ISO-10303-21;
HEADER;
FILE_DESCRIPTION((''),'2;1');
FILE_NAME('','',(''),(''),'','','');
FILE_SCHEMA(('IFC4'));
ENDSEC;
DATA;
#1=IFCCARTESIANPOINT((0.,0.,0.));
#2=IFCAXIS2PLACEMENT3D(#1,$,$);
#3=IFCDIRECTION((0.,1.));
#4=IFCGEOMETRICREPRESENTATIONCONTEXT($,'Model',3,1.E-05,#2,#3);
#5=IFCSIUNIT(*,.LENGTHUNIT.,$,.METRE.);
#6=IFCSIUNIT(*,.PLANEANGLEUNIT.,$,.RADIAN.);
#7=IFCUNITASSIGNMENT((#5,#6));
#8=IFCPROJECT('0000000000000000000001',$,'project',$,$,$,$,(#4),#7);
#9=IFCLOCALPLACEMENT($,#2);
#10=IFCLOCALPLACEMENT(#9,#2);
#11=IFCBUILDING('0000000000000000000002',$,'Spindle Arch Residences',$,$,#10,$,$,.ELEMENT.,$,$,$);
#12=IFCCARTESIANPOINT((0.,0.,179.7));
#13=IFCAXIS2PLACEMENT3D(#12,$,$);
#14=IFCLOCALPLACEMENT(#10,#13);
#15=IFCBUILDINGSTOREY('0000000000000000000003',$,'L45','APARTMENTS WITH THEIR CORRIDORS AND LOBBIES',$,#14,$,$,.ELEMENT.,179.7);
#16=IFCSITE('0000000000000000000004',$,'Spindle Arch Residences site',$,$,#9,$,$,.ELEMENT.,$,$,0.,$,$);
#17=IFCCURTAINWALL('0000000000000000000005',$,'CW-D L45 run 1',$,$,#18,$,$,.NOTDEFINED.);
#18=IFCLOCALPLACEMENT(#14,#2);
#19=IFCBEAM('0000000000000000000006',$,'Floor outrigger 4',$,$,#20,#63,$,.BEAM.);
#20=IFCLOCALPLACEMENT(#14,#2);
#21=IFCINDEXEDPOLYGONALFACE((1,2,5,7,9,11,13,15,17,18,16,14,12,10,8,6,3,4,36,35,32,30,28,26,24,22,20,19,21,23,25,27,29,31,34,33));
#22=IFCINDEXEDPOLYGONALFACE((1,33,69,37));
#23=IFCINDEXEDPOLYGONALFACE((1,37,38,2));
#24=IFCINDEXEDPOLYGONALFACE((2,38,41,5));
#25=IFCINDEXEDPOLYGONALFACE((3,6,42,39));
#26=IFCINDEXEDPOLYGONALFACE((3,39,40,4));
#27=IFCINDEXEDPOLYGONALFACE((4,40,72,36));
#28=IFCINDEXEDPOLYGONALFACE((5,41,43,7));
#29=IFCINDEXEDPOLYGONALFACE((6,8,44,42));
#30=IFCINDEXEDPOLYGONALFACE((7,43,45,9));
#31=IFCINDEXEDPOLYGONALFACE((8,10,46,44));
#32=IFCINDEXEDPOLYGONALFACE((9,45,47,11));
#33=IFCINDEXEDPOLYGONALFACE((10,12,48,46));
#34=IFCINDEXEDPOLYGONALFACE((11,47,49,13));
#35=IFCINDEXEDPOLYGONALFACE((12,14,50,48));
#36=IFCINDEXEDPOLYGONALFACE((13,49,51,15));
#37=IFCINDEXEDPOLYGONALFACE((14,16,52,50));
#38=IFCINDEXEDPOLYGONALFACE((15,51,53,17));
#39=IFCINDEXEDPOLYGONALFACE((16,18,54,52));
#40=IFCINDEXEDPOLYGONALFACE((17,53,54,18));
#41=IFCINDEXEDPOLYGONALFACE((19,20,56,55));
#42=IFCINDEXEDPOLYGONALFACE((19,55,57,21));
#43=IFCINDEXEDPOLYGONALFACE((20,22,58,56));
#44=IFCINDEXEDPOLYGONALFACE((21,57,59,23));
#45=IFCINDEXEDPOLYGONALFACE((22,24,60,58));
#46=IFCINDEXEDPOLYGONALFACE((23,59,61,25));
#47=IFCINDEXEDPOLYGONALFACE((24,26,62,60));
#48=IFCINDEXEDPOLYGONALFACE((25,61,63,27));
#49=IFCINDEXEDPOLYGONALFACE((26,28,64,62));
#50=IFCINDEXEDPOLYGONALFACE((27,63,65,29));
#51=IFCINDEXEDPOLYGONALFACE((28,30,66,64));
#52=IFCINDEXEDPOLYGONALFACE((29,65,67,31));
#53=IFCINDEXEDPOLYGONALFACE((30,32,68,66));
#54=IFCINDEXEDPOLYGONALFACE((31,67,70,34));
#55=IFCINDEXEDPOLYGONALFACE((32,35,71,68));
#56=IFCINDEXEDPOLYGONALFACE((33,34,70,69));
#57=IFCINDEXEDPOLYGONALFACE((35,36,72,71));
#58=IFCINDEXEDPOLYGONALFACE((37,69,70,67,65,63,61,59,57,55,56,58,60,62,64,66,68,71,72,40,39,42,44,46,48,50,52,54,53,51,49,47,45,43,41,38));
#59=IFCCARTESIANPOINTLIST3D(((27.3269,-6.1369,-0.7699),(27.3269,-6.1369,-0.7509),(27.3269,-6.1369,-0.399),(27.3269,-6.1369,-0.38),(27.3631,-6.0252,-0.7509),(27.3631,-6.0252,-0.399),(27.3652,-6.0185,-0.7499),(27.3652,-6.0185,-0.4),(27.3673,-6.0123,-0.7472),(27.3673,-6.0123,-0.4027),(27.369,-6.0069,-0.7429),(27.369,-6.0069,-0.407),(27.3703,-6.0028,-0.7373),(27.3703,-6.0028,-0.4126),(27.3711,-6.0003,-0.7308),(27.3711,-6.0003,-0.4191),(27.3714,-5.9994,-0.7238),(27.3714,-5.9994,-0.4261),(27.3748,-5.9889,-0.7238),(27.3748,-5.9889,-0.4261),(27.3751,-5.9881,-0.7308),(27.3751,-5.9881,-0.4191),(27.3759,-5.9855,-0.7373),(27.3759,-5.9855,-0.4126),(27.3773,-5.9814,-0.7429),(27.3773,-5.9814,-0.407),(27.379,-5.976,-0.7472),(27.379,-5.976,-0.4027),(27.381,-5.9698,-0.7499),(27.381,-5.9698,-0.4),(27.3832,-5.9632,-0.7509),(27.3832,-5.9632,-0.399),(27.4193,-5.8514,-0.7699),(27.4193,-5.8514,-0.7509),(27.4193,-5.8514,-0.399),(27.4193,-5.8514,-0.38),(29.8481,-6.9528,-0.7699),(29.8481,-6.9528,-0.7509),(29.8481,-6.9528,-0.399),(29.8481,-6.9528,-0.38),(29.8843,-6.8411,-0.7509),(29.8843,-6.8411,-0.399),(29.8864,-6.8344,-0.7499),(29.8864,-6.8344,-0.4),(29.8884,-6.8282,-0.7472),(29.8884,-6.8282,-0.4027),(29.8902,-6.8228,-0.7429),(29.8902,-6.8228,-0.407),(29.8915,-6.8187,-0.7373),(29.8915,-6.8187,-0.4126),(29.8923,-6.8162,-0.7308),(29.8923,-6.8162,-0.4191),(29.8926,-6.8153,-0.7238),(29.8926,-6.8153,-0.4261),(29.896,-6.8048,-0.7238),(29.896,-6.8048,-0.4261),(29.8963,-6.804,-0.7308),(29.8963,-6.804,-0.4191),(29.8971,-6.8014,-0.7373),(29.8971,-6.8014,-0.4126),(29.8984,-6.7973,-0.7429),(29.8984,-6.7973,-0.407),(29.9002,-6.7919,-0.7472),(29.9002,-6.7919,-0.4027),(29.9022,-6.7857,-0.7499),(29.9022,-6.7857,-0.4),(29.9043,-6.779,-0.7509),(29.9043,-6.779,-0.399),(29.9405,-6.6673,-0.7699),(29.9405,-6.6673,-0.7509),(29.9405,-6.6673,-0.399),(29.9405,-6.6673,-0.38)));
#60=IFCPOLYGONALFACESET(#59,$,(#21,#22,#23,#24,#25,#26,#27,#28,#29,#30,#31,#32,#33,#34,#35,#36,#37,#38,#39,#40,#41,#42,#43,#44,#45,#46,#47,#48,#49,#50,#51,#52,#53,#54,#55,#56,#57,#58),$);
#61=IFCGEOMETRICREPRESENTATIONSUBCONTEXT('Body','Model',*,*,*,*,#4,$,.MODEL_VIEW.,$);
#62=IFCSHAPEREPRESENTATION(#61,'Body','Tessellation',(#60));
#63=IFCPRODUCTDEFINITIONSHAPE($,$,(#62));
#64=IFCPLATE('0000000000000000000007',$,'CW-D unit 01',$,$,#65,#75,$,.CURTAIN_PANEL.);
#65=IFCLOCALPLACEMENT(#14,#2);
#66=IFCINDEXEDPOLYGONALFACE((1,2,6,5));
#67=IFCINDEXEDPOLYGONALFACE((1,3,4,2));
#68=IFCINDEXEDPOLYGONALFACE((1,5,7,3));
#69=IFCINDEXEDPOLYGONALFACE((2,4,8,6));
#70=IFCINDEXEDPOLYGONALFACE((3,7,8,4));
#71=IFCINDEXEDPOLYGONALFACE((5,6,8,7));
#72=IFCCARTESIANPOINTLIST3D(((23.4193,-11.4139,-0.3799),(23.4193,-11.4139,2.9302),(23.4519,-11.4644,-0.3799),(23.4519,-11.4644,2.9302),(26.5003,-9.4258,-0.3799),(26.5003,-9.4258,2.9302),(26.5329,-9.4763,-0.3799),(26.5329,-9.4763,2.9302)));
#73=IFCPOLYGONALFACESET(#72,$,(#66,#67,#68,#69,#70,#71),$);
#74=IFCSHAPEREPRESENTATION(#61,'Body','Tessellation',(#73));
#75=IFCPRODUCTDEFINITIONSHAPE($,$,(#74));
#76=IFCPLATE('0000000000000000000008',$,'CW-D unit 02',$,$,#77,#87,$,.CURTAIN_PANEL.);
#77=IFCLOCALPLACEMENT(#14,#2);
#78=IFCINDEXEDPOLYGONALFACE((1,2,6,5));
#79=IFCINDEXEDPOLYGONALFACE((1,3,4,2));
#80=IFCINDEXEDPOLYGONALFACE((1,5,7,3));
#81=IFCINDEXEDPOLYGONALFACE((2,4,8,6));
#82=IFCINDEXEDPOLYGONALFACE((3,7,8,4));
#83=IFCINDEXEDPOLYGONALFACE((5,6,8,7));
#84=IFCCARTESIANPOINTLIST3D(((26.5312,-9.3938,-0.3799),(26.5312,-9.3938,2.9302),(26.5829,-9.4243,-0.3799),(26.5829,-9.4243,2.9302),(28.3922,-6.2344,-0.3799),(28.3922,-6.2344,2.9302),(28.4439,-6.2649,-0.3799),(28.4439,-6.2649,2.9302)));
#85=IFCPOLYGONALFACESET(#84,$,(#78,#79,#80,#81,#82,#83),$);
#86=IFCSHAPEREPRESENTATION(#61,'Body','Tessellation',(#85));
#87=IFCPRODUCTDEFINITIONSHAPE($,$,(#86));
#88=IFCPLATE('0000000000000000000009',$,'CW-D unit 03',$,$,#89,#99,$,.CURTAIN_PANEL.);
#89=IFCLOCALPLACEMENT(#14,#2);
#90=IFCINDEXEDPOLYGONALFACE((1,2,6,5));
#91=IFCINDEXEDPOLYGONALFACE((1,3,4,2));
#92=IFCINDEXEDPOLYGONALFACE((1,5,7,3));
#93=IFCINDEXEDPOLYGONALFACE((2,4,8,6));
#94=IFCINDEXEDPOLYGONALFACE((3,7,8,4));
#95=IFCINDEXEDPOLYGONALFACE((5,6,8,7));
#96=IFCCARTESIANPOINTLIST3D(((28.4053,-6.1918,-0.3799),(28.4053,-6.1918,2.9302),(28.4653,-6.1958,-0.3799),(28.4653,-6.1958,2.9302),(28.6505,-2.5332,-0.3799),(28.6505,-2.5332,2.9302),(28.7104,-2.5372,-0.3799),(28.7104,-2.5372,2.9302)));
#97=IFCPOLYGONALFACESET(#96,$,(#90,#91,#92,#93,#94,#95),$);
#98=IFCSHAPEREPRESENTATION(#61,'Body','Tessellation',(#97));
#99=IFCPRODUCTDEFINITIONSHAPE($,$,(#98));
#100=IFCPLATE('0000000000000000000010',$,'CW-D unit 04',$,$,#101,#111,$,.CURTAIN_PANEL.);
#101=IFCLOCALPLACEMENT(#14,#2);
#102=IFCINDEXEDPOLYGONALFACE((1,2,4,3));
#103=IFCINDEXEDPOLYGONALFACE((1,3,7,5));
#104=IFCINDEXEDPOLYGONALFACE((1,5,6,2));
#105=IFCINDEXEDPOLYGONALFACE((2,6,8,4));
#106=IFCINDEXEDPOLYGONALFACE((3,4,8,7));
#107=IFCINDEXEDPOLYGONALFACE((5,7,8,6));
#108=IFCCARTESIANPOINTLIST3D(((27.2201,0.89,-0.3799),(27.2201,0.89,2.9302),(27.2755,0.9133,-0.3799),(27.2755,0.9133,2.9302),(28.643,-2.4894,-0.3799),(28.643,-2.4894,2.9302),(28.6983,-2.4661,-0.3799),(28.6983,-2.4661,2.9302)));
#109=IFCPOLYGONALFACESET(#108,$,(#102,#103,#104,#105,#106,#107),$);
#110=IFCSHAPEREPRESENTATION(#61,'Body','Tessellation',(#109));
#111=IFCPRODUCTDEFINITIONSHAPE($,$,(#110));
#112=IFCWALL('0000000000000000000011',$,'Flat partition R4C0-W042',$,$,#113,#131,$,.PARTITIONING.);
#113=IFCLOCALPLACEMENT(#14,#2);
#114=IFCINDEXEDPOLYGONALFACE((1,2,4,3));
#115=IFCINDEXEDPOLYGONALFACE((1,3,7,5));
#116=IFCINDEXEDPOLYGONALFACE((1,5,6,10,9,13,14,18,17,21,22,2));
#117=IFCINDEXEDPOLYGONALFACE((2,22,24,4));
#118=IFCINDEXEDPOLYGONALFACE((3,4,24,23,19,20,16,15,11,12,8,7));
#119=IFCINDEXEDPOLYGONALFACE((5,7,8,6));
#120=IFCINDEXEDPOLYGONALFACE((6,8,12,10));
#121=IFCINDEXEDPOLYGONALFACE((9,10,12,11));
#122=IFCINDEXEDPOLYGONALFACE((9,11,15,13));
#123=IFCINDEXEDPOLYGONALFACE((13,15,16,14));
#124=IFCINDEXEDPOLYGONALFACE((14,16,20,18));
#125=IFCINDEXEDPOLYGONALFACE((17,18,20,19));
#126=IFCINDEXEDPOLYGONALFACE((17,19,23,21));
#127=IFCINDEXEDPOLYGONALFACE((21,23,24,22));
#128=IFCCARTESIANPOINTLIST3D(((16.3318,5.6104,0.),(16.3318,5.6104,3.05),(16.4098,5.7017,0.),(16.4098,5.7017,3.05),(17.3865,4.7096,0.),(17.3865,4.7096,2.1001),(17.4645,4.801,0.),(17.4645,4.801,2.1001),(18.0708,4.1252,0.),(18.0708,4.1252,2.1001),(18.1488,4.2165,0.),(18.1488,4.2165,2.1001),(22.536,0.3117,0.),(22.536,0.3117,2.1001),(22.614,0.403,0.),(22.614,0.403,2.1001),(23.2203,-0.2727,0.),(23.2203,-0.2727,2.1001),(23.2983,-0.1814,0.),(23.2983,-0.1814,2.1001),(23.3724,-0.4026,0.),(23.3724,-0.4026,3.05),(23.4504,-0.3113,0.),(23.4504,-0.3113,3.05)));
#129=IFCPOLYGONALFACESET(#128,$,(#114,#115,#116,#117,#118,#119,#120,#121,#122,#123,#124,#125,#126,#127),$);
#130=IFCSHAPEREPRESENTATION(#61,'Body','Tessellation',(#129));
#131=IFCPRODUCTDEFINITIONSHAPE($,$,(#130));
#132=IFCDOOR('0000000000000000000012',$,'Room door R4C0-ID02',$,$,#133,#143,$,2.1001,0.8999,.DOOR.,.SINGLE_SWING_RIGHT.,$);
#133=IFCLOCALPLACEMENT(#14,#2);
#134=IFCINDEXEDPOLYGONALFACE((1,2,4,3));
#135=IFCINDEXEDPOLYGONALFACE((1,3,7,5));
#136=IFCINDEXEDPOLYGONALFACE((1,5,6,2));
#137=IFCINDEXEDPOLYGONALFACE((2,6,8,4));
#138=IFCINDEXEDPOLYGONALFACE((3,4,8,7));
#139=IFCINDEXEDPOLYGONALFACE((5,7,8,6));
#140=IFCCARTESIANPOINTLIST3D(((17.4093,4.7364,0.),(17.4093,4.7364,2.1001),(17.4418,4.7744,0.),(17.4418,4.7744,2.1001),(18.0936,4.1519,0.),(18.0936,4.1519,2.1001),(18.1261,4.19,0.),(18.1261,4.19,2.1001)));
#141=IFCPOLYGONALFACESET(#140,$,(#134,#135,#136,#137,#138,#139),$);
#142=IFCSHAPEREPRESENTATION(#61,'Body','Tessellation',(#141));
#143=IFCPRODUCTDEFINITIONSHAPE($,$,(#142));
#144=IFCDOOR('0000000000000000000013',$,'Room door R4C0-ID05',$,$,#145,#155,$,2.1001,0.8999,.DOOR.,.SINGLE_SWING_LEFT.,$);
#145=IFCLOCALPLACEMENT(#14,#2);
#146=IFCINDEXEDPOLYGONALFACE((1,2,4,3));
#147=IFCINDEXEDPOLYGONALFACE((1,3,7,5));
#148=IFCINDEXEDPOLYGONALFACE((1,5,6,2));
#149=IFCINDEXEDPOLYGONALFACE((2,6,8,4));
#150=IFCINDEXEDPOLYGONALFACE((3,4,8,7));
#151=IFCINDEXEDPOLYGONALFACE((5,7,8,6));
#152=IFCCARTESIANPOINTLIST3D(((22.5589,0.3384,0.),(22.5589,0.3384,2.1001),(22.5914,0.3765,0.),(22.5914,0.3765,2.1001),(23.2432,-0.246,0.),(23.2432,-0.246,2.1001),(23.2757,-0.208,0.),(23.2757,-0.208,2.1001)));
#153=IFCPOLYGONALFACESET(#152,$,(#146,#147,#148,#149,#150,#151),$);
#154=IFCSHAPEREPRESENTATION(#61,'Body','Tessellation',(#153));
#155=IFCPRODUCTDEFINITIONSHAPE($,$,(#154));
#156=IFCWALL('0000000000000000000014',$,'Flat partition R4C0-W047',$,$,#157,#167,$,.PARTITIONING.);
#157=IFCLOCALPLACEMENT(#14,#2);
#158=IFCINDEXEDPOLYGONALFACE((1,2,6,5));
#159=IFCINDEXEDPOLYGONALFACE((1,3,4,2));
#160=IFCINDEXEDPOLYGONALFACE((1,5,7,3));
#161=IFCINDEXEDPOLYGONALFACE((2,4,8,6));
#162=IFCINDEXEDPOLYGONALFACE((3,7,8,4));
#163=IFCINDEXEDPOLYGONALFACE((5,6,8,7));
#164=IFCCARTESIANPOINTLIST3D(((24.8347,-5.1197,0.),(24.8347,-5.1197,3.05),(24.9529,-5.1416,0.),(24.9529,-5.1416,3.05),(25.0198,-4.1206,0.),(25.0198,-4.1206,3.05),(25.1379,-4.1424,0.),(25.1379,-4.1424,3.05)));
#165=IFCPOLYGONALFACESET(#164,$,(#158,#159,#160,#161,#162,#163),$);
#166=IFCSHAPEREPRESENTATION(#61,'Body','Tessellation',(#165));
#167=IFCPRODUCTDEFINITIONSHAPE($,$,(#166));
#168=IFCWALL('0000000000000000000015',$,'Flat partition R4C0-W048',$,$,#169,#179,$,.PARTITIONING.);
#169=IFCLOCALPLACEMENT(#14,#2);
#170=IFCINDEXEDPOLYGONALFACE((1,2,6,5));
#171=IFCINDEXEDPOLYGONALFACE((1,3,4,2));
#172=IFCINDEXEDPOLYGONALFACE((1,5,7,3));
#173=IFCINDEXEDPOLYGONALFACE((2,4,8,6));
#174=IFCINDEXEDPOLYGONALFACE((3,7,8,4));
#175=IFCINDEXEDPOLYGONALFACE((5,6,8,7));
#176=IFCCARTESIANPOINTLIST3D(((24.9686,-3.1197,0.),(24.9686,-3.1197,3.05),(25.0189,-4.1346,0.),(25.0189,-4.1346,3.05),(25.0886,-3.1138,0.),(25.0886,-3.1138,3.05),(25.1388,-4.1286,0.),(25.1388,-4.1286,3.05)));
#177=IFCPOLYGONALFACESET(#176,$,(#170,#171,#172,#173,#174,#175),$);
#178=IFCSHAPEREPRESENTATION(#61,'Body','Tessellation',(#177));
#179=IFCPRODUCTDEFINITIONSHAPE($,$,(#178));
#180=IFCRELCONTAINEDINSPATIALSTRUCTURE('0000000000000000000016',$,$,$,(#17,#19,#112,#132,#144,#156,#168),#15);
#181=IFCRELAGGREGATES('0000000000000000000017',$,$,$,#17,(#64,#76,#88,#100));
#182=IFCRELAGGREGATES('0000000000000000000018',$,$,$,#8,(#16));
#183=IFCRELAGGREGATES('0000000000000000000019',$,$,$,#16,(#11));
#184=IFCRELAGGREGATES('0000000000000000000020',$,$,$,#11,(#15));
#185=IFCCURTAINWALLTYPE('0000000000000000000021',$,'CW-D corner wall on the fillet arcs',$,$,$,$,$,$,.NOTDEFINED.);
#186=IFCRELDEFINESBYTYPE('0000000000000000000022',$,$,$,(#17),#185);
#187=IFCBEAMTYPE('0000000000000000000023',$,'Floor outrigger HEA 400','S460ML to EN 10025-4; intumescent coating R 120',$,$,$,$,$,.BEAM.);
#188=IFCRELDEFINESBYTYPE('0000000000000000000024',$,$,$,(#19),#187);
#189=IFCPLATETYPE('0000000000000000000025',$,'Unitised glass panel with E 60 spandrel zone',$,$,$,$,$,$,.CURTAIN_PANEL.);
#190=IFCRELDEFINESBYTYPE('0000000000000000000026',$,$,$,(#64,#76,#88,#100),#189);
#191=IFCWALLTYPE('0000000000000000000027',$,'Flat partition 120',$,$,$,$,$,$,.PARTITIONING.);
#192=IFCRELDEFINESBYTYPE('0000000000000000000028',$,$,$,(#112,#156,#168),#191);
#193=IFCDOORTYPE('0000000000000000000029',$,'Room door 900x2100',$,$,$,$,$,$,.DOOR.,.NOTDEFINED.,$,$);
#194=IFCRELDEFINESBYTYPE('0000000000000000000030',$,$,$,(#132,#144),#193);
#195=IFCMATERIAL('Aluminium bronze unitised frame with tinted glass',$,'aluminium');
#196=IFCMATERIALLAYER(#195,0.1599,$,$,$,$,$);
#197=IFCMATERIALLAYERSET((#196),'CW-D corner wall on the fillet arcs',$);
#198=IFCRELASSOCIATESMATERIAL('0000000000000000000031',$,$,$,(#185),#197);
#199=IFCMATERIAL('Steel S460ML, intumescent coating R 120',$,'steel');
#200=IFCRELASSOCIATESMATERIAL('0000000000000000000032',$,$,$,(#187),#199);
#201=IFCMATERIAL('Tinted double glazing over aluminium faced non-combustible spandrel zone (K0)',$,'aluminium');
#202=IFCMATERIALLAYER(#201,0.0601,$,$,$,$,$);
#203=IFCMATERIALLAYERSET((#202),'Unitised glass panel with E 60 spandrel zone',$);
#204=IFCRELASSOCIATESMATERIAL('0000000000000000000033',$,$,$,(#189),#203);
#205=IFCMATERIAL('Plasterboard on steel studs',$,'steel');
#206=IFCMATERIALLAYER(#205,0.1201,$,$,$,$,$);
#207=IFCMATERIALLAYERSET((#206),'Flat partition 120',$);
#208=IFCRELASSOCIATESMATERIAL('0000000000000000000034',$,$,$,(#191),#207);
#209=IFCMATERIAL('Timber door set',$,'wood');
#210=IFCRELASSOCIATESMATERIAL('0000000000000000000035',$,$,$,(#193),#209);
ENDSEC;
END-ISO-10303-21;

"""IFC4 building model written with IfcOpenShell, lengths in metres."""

from ifc_helpers import new_model, si_unit, direction, frame, frame_2d, origin, origin_2d, place, context, subcontext, project, spatial, rectangle, i_section, extrude, material, layer, layer_set, material_profile, profile_set, type_object, element, fill, aggregate, save


model = new_model("IFC4")

# Units and contexts
model_context = context("Model", 3, precision=1e-05, world=origin(), true_north=direction((0.0, 1.0)))
body_context = subcontext(model_context, "Body", "Model", "MODEL_VIEW")
ifc_project = project(units=[si_unit("LENGTHUNIT", "METRE"), si_unit("PLANEANGLEUNIT", "RADIAN")], contexts=[model_context])

# Site, building, storey
site_placement = place(None, origin())
site = spatial("IfcSite", under=ifc_project, at=site_placement, Name="Spindle Arch Residences site", CompositionType="ELEMENT", RefElevation=0.0)
building_placement = place(site_placement, origin())
building = spatial("IfcBuilding", under=site, at=building_placement, Name="Spindle Arch Residences", CompositionType="ELEMENT")
storey_placement = place(building_placement, frame((0.0, 0.0, 179.7)))
storey = spatial("IfcBuildingStorey", under=building, at=storey_placement, Name="L45", Description="APARTMENTS WITH THEIR CORRIDORS AND LOBBIES", CompositionType="ELEMENT", Elevation=179.7)

# Curtain wall
ifc_material_1 = material(Name="Aluminium bronze unitised frame with tinted glass", Category="aluminium")
ifc_layer_1 = layer(ifc_material_1, 0.1599)
ifc_layer_set_1 = layer_set([ifc_layer_1], Name="CW-D corner wall on the fillet arcs")
curtain_wall_type = type_object("IfcCurtainWallType", Name="CW-D corner wall on the fillet arcs", PredefinedType="NOTDEFINED", material=ifc_layer_set_1)
curtain_wall_placement = place(storey_placement, origin())
curtain_wall = element("IfcCurtainWall", 1, at=curtain_wall_placement, inside=storey, type_object=curtain_wall_type, Name="CW-D L45 run 1", PredefinedType="NOTDEFINED")

# Beam
ifc_material_2 = material(Name="Steel S460ML, intumescent coating R 120", Category="steel")
ifc_material_profile_1 = material_profile(ifc_material_2, i_section(OverallWidth=0.3, OverallDepth=0.3899, WebThickness=0.011, FlangeThickness=0.019, FilletRadius=0.0271, at=origin_2d()), Name="HEA 400")
ifc_profile_set_1 = profile_set([ifc_material_profile_1], Name="Steel S460ML, intumescent coating R 120")
beam_type_1 = type_object("IfcBeamType", Name="Floor outrigger HEA 400", Description="S460ML to EN 10025-4; intumescent coating R 120", PredefinedType="BEAM", material=ifc_profile_set_1)
beam_1_placement = place(storey_placement, frame((29.8943, -6.8101, -0.575), z_axis=(-0.95142, 0.307896, 0.0), x_axis=(-0.307896, -0.95142, 0.0)))
element("IfcBeam", 2, at=beam_1_placement, inside=storey, type_object=beam_type_1, Name="Floor outrigger 4", PredefinedType="BEAM", context=body_context, shape_type="SweptSolid", body=[
    extrude(i_section(OverallWidth=0.3, OverallDepth=0.3899, WebThickness=0.011, FlangeThickness=0.019, FilletRadius=0.0271, at=origin_2d()), origin(), (0.0, 0.0, 1.0), 2.6499),
])

# Plates
ifc_material_3 = material(Name="Tinted double glazing over aluminium faced non-combustible spandrel zone (K0)", Category="aluminium")
ifc_layer_2 = layer(ifc_material_3, 0.0601)
ifc_layer_set_2 = layer_set([ifc_layer_2], Name="Unitised glass panel with E 60 spandrel zone")
plate_type = type_object("IfcPlateType", Name="Unitised glass panel with E 60 spandrel zone", PredefinedType="CURTAIN_PANEL", material=ifc_layer_set_2)
plate_1_placement = place(storey_placement, frame((24.9761, -10.4451, -0.3799), z_axis=(0.0, 0.0, 1.0), x_axis=(0.840251, 0.542197, 0.0)))
plate_1 = element("IfcPlate", 3, at=plate_1_placement, type_object=plate_type, Name="CW-D unit 01", PredefinedType="CURTAIN_PANEL", context=body_context, shape_type="SweptSolid", body=[
    extrude(rectangle(XDim=3.6667, YDim=0.0601, at=origin_2d()), origin(), (0.0, 0.0, 1.0), 3.3101),
])
plate_2_placement = place(storey_placement, frame((27.4875, -7.8293, -0.3799), z_axis=(0.0, 0.0, 1.0), x_axis=(0.507538, 0.861629, 0.0)))
plate_2 = element("IfcPlate", 4, at=plate_2_placement, type_object=plate_type, Name="CW-D unit 02", PredefinedType="CURTAIN_PANEL", context=body_context, shape_type="SweptSolid", body=[
    extrude(rectangle(XDim=3.6667, YDim=0.0601, at=origin_2d()), origin(), (0.0, 0.0, 1.0), 3.3101),
])
plate_3_placement = place(storey_placement, frame((28.5579, -4.3645, -0.3799), z_axis=(0.0, 0.0, 1.0), x_axis=(0.066854, 0.997763, 0.0)))
plate_3 = element("IfcPlate", 5, at=plate_3_placement, type_object=plate_type, Name="CW-D unit 03", PredefinedType="CURTAIN_PANEL", context=body_context, shape_type="SweptSolid", body=[
    extrude(rectangle(XDim=3.6667, YDim=0.0601, at=origin_2d()), origin(), (0.0, 0.0, 1.0), 3.3101),
])
plate_4_placement = place(storey_placement, frame((27.9592, -0.7881, -0.3799), z_axis=(0.0, 0.0, 1.0), x_axis=(-0.388052, 0.921638, 0.0)))
plate_4 = element("IfcPlate", 6, at=plate_4_placement, type_object=plate_type, Name="CW-D unit 04", PredefinedType="CURTAIN_PANEL", context=body_context, shape_type="SweptSolid", body=[
    extrude(rectangle(XDim=3.6667, YDim=0.0601, at=origin_2d()), origin(), (0.0, 0.0, 1.0), 3.3101),
])
aggregate(curtain_wall, [plate_1, plate_2, plate_3, plate_4])

# Wall, openings, doors
ifc_material_4 = material(Name="Plasterboard on steel studs", Category="steel")
ifc_layer_3 = layer(ifc_material_4, 0.1201)
ifc_layer_set_3 = layer_set([ifc_layer_3], Name="Flat partition 120")
wall_type = type_object("IfcWallType", Name="Flat partition 120", PredefinedType="PARTITIONING", material=ifc_layer_set_3)
wall_1_placement = place(storey_placement, frame((23.4114, -0.3569, 0.0), z_axis=(0.0, 0.0, 1.0), x_axis=(-0.760419, 0.649433, 0.0)))
wall_1 = element("IfcWall", 7, at=wall_1_placement, inside=storey, type_object=wall_type, Name="Flat partition R4C0-W042", PredefinedType="PARTITIONING", context=body_context, shape_type="SweptSolid", body=[
    extrude(rectangle(XDim=9.2588, YDim=0.1201, at=frame_2d((4.6294, 0.0))), origin(), (0.0, 0.0, 1.0), 3.05),
])
opening_1_placement = place(wall_1_placement, frame((6.9719, 0.0, 0.0)))
opening_1 = element("IfcOpeningElement", 8, at=opening_1_placement, cuts=wall_1, PredefinedType="OPENING", context=body_context, shape_type="SweptSolid", body=[
    extrude(rectangle(XDim=0.8999, YDim=2.1001, at=frame_2d((0.45, 1.05))), frame((0.0, 0.0701, 0.0), z_axis=(0.0, -1.0, 0.0), x_axis=(1.0, 0.0, 0.0)), (0.0, 0.0, 1.0), 0.1401),
])
opening_2_placement = place(wall_1_placement, frame((0.2, 0.0, 0.0)))
opening_2 = element("IfcOpeningElement", 9, at=opening_2_placement, cuts=wall_1, PredefinedType="OPENING", context=body_context, shape_type="SweptSolid", body=[
    extrude(rectangle(XDim=0.8999, YDim=2.1001, at=frame_2d((0.45, 1.05))), frame((0.0, 0.0701, 0.0), z_axis=(0.0, -1.0, 0.0), x_axis=(1.0, 0.0, 0.0)), (0.0, 0.0, 1.0), 0.1401),
])
ifc_material_5 = material(Name="Timber door set", Category="wood")
door_type = type_object("IfcDoorType", Name="Room door 900x2100", OperationType="NOTDEFINED", PredefinedType="DOOR", material=ifc_material_5)
door_1_placement = place(opening_1_placement, origin())
door_1 = element("IfcDoor", 10, at=door_1_placement, inside=storey, type_object=door_type, Name="Room door R4C0-ID02", OperationType="SINGLE_SWING_RIGHT", OverallHeight=2.1001, OverallWidth=0.8999, PredefinedType="DOOR", context=body_context, shape_type="SweptSolid", body=[
    extrude(rectangle(XDim=0.8999, YDim=2.1001, at=frame_2d((0.45, 1.05))), frame((0.0, 0.0249, 0.0), z_axis=(0.0, -1.0, 0.0), x_axis=(1.0, 0.0, 0.0)), (0.0, 0.0, 1.0), 0.05),
])
fill(opening_1, door_1)
door_2_placement = place(opening_2_placement, origin())
door_2 = element("IfcDoor", 11, at=door_2_placement, inside=storey, type_object=door_type, Name="Room door R4C0-ID05", OperationType="SINGLE_SWING_LEFT", OverallHeight=2.1001, OverallWidth=0.8999, PredefinedType="DOOR", context=body_context, shape_type="SweptSolid", body=[
    extrude(rectangle(XDim=0.8999, YDim=2.1001, at=frame_2d((0.45, 1.05))), frame((0.0, 0.0249, 0.0), z_axis=(0.0, -1.0, 0.0), x_axis=(1.0, 0.0, 0.0)), (0.0, 0.0, 1.0), 0.05),
])
fill(opening_2, door_2)

# Walls
for number, where, z_axis, x_axis, name in (
    (12, (24.8938, -5.1306, 0.0), (0.0, 0.0, 1.0), (0.182141, 0.983272, 0.0), "Flat partition R4C0-W047"),
    (13, (25.0789, -4.1316, 0.0), (0.0, 0.0, 1.0), (-0.049494, 0.998774, 0.0), "Flat partition R4C0-W048"),
):
    element("IfcWall", number, at=place(storey_placement, frame(where, z_axis=z_axis, x_axis=x_axis)), inside=storey, type_object=wall_type, Name=name, PredefinedType="PARTITIONING", context=body_context, shape_type="SweptSolid", body=[
        extrude(rectangle(XDim=1.0161, YDim=0.1201, at=frame_2d((0.5081, 0.0))), origin(), (0.0, 0.0, 1.0), 3.05),
    ])

save(model, "model.ifc")
